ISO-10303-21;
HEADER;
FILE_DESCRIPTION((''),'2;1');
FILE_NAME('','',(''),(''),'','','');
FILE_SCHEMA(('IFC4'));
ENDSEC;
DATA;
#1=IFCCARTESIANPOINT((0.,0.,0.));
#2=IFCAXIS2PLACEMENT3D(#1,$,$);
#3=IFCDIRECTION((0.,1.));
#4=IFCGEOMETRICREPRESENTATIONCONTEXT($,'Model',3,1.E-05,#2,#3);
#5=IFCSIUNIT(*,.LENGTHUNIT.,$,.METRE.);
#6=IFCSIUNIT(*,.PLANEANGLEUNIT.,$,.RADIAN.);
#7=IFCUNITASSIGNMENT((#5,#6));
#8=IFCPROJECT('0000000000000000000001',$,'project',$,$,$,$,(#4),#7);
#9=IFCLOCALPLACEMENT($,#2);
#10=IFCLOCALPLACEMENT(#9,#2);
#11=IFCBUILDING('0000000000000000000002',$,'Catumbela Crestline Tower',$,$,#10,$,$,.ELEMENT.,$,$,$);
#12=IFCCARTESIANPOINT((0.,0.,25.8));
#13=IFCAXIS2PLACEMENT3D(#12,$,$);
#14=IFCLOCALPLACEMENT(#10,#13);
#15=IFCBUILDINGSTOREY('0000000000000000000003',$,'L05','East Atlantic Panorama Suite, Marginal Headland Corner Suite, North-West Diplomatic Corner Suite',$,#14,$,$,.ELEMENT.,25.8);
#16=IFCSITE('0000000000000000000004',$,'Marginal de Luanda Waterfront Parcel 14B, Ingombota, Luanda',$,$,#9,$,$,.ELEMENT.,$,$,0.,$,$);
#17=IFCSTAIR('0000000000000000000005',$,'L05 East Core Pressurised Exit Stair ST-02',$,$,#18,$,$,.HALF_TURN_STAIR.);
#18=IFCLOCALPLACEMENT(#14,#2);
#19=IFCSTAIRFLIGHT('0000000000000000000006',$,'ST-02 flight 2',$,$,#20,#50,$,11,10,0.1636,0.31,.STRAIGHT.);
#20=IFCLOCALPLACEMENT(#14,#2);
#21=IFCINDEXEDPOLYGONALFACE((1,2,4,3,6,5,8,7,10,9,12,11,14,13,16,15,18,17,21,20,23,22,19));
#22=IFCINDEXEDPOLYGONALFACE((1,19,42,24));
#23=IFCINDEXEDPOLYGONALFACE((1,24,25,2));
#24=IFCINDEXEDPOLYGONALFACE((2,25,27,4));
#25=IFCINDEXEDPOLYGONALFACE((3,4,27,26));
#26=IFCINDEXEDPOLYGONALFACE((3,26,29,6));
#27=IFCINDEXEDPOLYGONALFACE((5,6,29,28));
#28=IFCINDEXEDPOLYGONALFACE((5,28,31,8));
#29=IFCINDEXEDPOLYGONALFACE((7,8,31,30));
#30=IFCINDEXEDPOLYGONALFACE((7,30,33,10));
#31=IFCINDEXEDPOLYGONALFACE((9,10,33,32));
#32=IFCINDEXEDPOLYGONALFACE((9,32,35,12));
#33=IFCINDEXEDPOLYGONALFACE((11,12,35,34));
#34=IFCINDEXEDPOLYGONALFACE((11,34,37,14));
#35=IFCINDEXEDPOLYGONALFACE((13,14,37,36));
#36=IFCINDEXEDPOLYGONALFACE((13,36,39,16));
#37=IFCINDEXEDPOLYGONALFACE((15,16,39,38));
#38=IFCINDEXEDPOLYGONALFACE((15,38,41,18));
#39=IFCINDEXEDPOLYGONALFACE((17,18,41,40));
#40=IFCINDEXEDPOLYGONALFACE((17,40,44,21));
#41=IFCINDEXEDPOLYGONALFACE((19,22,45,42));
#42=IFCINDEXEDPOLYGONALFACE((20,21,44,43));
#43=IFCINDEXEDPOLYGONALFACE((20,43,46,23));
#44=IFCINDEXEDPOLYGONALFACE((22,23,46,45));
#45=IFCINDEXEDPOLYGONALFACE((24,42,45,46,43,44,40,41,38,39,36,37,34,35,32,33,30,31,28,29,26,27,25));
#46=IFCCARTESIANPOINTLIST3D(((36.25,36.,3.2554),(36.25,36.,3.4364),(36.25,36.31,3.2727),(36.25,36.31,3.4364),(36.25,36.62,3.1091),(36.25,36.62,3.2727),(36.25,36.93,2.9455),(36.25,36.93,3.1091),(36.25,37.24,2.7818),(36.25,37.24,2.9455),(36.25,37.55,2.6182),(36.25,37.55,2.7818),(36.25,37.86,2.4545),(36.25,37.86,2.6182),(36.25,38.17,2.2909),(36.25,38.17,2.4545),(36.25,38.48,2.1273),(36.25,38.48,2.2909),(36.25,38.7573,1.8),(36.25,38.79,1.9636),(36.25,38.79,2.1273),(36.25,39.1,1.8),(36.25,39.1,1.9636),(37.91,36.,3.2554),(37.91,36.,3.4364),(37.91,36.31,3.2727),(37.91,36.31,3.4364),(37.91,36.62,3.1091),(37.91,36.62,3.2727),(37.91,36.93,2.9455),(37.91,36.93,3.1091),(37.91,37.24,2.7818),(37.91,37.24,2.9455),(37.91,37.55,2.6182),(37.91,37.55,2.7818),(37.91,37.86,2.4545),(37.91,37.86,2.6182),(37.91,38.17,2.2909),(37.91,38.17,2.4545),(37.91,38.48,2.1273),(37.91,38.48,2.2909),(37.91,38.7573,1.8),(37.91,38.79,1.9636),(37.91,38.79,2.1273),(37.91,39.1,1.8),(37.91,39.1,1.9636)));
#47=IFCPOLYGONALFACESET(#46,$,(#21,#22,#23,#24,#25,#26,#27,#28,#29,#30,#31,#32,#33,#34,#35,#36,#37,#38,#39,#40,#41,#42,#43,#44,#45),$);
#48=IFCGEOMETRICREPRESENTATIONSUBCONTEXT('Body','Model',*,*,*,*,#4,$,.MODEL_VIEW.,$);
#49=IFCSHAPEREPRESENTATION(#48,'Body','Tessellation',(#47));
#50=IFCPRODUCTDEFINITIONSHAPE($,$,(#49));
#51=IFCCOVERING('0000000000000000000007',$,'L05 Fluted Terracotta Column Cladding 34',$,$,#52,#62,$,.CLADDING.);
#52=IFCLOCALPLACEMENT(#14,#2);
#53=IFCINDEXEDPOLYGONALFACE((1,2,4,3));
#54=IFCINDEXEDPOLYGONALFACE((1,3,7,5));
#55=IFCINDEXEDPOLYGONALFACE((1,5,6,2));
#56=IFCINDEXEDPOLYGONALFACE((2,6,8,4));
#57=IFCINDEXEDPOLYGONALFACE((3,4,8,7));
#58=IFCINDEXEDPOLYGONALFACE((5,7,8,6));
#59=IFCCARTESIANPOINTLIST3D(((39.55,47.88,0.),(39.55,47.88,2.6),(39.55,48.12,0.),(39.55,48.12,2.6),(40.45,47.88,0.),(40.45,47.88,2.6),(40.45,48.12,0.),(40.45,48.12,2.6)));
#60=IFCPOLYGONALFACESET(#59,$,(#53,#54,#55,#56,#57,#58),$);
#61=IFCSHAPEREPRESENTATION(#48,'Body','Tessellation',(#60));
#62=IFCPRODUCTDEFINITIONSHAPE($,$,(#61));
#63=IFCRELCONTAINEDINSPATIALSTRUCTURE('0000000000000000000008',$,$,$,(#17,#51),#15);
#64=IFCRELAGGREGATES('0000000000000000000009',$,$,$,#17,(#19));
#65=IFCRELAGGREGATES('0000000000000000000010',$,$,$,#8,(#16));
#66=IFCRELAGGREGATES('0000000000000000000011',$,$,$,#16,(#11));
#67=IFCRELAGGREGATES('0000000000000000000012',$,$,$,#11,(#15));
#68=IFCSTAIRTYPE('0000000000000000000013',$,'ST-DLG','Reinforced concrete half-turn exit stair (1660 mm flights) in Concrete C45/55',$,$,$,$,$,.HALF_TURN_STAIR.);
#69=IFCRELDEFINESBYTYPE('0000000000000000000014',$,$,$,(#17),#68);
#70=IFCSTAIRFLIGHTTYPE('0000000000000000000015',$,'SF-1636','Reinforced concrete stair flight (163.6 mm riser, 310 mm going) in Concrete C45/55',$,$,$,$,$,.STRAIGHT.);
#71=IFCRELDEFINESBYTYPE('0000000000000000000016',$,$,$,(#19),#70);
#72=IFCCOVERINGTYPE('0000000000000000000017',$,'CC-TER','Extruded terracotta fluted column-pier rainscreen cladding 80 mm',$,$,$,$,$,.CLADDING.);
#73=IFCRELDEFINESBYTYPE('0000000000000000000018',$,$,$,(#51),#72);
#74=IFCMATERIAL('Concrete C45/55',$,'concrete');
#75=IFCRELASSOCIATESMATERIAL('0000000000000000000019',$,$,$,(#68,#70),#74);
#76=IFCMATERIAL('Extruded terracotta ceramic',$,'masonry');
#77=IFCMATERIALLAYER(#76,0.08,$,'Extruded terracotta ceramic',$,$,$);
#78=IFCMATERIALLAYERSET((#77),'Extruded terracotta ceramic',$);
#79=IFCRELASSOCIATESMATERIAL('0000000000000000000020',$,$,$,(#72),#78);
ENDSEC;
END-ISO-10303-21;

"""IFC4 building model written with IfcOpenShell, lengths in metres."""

from ifc_helpers import new_model, si_unit, direction, frame, origin, origin_2d, place, context, subcontext, project, spatial, polyline, rectangle, outline, extrude, material, layer, layer_set, type_object, element, aggregate, save


model = new_model("IFC4")

# Units and contexts
model_context = context("Model", 3, precision=1e-05, world=origin(), true_north=direction((0.0, 1.0)))
body_context = subcontext(model_context, "Body", "Model", "MODEL_VIEW")
ifc_project = project(units=[si_unit("LENGTHUNIT", "METRE"), si_unit("PLANEANGLEUNIT", "RADIAN")], contexts=[model_context])

# Site, building, storey
site_placement = place(None, origin())
site = spatial("IfcSite", under=ifc_project, at=site_placement, Name="Marginal de Luanda Waterfront Parcel 14B, Ingombota, Luanda", CompositionType="ELEMENT", RefElevation=0.0)
building_placement = place(site_placement, origin())
building = spatial("IfcBuilding", under=site, at=building_placement, Name="Catumbela Crestline Tower", CompositionType="ELEMENT")
storey_placement = place(building_placement, frame((0.0, 0.0, 25.8)))
storey = spatial("IfcBuildingStorey", under=building, at=storey_placement, Name="L05", Description="East Atlantic Panorama Suite, Marginal Headland Corner Suite, North-West Diplomatic Corner Suite", CompositionType="ELEMENT", Elevation=25.8)

# Stair, stair flight
ifc_material_1 = material(Name="Concrete C45/55", Category="concrete")
stair_type = type_object("IfcStairType", Name="ST-DLG", Description="Reinforced concrete half-turn exit stair (1660 mm flights) in Concrete C45/55", PredefinedType="HALF_TURN_STAIR", material=ifc_material_1)
stair_placement = place(storey_placement, origin())
stair = element("IfcStair", 1, at=stair_placement, inside=storey, type_object=stair_type, Name="L05 East Core Pressurised Exit Stair ST-02", PredefinedType="HALF_TURN_STAIR")
stair_flight_type = type_object("IfcStairFlightType", Name="SF-1636", Description="Reinforced concrete stair flight (163.6 mm riser, 310 mm going) in Concrete C45/55", PredefinedType="STRAIGHT", material=ifc_material_1)
stair_flight_1_placement = place(storey_placement, frame((37.08, 39.1, 1.8), z_axis=(0.0, 0.0, 1.0), x_axis=(0.0, -1.0, 0.0)))
stair_flight_1 = element("IfcStairFlight", 2, at=stair_flight_1_placement, type_object=stair_flight_type, Name="ST-02 flight 2", NumberOfRisers=11, NumberOfTreads=10, PredefinedType="STRAIGHT", RiserHeight=0.1636, TreadLength=0.31, context=body_context, shape_type="SweptSolid", body=[
    extrude(outline(polyline([(0.0, 0.0), (0.0, 0.1636), (0.31, 0.1636), (0.31, 0.3273), (0.62, 0.3273), (0.62, 0.4909), (0.93, 0.4909), (0.93, 0.6545), (1.24, 0.6545), (1.24, 0.8182), (1.55, 0.8182), (1.55, 0.9818), (1.86, 0.9818), (1.86, 1.1455), (2.17, 1.1455), (2.17, 1.3091), (2.48, 1.3091), (2.48, 1.4727), (2.79, 1.4727), (2.79, 1.6364), (3.1, 1.6364), (3.1, 1.8), (3.1, 1.4554), (0.3427, 0.0), (0.0, 0.0)])), frame((0.0, 0.83, 0.0), z_axis=(0.0, -1.0, 0.0), x_axis=(1.0, 0.0, 0.0)), (0.0, 0.0, 1.0), 1.66),
])
aggregate(stair, [stair_flight_1])

# Covering
ifc_material_2 = material(Name="Extruded terracotta ceramic", Category="masonry")
ifc_layer_1 = layer(ifc_material_2, 0.08, Name="Extruded terracotta ceramic")
ifc_layer_set_1 = layer_set([ifc_layer_1], Name="Extruded terracotta ceramic")
covering_type = type_object("IfcCoveringType", Name="CC-TER", Description="Extruded terracotta fluted column-pier rainscreen cladding 80 mm", PredefinedType="CLADDING", material=ifc_layer_set_1)
covering_placement = place(storey_placement, frame((40.0, 48.0, 0.0), z_axis=(0.0, 0.0, 1.0), x_axis=(-1.0, 0.0, 0.0)))
element("IfcCovering", 3, at=covering_placement, inside=storey, type_object=covering_type, Name="L05 Fluted Terracotta Column Cladding 34", PredefinedType="CLADDING", context=body_context, shape_type="SweptSolid", body=[
    extrude(rectangle(XDim=0.9, YDim=0.24, at=origin_2d()), origin(), (0.0, 0.0, 1.0), 2.6),
])

save(model, "model.ifc")
